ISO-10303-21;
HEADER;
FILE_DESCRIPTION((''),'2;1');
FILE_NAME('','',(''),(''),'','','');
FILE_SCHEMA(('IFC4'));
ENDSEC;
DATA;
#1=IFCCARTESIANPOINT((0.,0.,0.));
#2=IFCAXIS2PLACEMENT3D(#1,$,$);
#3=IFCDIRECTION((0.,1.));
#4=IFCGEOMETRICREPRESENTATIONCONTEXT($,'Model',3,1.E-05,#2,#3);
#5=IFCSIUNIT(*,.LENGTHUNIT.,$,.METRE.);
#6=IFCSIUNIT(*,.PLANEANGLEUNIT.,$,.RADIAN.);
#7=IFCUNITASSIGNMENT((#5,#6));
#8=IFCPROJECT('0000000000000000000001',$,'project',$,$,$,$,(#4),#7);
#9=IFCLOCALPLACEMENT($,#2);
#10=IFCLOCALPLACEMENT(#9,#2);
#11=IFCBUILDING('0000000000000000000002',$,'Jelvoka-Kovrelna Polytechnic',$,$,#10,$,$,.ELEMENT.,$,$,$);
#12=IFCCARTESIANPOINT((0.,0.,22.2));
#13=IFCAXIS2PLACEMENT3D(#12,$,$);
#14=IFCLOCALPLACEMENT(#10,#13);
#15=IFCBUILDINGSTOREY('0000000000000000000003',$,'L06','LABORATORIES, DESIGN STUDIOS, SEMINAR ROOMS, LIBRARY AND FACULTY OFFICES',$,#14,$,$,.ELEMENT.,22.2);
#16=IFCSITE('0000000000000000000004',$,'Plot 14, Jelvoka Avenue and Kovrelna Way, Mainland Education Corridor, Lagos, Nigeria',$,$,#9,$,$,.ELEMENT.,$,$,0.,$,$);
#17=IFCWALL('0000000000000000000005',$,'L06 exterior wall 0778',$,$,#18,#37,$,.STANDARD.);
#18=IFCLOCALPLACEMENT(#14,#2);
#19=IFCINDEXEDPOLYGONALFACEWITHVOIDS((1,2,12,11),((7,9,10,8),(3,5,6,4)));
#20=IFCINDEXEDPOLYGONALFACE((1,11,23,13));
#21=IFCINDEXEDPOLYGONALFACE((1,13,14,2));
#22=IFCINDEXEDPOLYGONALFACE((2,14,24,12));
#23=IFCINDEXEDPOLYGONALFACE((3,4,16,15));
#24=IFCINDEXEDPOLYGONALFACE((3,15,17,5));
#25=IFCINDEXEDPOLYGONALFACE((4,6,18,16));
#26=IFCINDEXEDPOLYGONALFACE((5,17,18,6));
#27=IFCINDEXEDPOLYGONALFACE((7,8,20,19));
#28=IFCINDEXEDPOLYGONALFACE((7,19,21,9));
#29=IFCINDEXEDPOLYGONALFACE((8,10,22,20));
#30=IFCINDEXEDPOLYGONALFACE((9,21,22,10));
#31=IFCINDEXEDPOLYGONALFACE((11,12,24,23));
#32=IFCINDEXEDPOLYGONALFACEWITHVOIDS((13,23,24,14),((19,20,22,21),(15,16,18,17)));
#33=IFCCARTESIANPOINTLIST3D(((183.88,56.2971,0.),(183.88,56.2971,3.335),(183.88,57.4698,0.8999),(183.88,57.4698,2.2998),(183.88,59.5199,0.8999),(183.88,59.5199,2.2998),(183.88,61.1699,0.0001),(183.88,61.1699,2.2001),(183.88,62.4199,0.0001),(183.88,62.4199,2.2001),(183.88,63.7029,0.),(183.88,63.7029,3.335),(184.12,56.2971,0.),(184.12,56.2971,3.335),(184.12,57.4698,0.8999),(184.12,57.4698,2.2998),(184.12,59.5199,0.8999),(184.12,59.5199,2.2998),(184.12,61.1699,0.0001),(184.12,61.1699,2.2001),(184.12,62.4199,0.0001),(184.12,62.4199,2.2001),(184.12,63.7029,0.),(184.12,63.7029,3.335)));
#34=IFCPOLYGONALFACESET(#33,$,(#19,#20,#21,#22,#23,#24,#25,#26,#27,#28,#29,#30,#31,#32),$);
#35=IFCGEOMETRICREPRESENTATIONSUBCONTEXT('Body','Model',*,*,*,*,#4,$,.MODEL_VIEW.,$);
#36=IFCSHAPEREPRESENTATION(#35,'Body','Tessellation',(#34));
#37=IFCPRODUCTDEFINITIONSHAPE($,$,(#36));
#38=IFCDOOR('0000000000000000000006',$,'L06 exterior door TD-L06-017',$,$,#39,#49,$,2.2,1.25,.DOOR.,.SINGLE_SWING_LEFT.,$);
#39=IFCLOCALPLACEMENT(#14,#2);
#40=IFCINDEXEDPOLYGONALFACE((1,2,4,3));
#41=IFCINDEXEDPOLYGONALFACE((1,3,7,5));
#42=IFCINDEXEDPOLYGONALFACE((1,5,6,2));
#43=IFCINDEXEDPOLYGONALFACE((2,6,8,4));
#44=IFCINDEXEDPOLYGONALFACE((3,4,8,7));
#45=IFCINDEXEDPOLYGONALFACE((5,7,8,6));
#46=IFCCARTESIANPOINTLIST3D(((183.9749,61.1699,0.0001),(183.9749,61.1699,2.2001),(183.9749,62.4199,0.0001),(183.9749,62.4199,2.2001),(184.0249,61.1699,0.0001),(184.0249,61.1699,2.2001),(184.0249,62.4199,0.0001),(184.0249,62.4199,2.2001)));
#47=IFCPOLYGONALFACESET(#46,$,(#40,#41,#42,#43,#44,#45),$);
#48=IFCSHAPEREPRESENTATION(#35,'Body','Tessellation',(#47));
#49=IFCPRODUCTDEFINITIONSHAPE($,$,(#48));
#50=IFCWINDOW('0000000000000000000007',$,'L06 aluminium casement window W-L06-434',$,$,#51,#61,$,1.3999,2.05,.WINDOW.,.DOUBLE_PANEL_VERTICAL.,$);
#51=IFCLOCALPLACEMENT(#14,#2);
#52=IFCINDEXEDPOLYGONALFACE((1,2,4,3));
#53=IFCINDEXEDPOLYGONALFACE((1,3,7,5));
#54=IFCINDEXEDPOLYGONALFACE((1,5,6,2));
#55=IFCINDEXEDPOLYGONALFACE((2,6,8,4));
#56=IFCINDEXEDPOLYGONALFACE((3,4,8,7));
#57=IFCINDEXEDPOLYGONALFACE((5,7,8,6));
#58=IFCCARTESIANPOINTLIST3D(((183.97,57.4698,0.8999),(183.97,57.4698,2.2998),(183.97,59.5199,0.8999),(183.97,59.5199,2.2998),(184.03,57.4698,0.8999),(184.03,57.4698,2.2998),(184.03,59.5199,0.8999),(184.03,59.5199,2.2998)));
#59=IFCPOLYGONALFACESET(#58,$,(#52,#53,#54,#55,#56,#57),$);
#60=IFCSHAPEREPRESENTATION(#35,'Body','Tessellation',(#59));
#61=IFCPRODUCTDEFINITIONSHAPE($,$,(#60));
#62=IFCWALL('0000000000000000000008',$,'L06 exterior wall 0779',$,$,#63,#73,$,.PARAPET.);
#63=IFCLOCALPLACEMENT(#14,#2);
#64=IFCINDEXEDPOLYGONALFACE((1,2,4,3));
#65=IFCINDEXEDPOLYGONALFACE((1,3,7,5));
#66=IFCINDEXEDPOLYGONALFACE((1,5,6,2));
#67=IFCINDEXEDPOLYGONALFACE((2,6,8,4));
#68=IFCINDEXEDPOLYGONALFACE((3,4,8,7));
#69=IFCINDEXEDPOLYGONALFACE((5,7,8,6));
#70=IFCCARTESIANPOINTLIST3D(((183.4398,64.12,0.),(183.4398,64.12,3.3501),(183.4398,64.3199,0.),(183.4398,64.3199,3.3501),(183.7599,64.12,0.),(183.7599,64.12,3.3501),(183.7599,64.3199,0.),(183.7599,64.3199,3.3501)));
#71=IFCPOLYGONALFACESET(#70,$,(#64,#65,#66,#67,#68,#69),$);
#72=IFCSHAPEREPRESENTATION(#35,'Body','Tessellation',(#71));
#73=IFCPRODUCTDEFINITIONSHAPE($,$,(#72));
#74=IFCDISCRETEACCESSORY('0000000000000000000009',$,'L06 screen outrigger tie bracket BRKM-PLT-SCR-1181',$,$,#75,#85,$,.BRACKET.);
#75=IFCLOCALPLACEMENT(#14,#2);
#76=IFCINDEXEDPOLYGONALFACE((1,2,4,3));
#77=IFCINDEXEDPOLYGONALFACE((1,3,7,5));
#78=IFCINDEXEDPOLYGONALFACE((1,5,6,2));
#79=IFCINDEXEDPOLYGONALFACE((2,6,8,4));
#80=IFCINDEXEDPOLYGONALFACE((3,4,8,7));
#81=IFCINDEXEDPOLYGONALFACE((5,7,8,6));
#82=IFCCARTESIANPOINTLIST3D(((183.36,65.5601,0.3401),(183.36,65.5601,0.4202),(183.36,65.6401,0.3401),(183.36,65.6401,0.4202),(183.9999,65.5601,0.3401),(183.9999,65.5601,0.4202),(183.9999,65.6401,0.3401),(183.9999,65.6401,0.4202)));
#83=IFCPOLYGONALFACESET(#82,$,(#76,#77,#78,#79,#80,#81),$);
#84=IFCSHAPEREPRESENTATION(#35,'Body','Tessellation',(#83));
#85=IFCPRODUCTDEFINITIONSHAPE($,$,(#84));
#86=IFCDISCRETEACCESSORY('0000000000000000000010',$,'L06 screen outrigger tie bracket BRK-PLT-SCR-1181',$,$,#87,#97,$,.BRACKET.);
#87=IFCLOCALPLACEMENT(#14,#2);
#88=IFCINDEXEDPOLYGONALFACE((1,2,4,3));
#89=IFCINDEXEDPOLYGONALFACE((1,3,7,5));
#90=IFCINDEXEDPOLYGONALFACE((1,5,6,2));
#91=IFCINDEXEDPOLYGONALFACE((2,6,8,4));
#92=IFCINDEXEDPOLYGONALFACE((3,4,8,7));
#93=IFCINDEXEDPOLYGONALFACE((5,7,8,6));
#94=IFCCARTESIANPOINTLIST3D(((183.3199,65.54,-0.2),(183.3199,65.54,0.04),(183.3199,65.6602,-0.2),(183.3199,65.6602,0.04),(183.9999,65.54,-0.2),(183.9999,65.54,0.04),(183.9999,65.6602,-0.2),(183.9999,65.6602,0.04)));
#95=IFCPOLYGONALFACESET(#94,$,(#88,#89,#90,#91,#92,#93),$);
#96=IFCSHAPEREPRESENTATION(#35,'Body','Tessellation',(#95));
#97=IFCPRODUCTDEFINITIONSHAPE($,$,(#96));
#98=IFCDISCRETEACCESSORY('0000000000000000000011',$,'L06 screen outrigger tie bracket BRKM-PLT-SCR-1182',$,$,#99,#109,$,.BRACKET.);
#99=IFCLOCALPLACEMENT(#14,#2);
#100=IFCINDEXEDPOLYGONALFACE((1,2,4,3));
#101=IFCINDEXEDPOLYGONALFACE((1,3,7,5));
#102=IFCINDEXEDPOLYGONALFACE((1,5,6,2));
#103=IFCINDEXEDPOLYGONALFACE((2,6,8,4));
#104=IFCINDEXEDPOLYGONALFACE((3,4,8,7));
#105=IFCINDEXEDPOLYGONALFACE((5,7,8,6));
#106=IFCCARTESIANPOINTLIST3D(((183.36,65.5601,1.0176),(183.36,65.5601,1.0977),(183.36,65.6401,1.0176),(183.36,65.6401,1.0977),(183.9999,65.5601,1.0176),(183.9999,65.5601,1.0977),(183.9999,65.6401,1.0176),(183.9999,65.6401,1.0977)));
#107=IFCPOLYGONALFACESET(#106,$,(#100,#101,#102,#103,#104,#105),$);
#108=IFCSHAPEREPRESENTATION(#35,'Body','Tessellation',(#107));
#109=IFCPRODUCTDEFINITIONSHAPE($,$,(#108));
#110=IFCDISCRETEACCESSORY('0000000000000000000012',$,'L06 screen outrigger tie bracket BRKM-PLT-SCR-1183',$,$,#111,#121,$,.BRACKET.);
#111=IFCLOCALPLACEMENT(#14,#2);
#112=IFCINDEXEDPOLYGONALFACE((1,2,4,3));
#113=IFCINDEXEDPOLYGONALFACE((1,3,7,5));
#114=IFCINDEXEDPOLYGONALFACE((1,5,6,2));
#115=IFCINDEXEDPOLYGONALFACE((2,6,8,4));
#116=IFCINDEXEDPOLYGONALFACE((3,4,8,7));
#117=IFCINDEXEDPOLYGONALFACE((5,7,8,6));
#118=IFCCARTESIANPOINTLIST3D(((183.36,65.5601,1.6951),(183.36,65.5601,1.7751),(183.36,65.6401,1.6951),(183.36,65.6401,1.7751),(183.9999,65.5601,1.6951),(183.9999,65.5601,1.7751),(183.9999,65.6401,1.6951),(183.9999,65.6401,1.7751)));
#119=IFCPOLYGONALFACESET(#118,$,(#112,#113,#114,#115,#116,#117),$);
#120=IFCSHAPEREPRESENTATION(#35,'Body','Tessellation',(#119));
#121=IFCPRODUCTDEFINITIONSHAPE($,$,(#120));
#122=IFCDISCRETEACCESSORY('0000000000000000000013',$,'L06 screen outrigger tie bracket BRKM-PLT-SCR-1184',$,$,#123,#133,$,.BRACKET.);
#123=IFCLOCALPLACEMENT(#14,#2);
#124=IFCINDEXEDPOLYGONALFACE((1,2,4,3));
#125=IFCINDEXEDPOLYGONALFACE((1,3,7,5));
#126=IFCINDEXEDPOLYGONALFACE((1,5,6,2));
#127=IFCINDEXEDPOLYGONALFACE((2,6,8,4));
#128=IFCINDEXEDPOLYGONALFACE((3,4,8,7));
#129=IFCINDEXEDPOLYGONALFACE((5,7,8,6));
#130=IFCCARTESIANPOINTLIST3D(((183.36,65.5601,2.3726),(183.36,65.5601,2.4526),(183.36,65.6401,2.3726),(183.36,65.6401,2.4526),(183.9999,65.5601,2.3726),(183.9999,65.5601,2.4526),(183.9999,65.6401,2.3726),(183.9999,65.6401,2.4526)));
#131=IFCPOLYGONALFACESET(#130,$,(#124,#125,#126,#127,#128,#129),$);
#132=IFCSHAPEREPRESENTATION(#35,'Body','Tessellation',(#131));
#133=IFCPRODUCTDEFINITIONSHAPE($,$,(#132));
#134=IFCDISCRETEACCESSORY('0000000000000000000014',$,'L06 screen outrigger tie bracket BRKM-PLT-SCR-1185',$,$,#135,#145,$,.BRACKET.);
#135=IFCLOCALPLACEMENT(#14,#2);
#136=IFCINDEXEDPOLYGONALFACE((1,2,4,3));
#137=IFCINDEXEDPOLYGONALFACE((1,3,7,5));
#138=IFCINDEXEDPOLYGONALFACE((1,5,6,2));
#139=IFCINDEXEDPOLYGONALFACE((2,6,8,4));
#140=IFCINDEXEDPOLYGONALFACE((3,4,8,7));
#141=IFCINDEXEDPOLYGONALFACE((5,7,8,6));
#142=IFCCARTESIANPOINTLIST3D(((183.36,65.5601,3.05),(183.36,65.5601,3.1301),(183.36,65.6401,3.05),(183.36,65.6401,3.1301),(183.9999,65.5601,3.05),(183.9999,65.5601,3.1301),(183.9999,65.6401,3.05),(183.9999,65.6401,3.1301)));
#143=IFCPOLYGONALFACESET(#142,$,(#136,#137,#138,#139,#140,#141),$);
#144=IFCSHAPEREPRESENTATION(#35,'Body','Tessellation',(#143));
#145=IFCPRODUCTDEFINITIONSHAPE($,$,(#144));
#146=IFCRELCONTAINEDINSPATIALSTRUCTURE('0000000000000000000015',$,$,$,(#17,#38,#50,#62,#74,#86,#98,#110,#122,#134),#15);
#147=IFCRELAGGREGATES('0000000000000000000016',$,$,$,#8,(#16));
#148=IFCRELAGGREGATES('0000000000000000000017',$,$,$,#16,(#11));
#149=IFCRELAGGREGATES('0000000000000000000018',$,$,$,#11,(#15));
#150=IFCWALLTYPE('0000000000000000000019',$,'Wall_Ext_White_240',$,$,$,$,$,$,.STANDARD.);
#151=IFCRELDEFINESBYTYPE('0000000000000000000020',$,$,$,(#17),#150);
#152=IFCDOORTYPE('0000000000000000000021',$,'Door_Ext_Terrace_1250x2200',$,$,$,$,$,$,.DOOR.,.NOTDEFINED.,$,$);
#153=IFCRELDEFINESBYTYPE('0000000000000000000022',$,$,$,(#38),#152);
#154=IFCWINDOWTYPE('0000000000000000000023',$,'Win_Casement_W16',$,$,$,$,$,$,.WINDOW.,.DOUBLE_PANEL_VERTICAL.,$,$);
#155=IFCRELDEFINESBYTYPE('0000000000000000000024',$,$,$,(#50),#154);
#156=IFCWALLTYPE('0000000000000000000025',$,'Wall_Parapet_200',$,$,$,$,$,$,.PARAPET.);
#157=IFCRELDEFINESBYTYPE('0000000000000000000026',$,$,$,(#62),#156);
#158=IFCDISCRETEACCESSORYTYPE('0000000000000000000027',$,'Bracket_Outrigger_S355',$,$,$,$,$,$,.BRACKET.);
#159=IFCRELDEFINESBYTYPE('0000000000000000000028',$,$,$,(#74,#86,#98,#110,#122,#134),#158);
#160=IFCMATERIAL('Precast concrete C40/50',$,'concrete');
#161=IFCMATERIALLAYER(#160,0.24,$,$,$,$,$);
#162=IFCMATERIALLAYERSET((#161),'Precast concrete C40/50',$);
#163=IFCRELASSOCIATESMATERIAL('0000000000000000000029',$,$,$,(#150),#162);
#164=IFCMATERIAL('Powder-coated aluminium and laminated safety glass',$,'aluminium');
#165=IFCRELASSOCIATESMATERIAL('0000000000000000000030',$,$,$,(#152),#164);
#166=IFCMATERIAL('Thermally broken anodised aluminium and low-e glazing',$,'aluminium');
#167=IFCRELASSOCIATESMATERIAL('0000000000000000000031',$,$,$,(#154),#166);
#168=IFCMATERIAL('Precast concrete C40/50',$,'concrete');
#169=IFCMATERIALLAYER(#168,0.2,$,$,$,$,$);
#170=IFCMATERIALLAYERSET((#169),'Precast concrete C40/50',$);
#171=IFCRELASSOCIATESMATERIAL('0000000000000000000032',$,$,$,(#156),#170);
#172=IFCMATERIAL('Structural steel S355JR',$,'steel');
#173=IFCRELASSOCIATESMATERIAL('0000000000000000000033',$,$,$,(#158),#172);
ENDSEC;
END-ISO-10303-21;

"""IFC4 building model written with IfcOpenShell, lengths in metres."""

from ifc_helpers import new_model, si_unit, direction, frame, frame_2d, origin, origin_2d, place, context, subcontext, project, spatial, rectangle, extrude, material, layer, layer_set, type_object, element, fill, save


model = new_model("IFC4")

# Units and contexts
model_context = context("Model", 3, precision=1e-05, world=origin(), true_north=direction((0.0, 1.0)))
body_context = subcontext(model_context, "Body", "Model", "MODEL_VIEW")
ifc_project = project(units=[si_unit("LENGTHUNIT", "METRE"), si_unit("PLANEANGLEUNIT", "RADIAN")], contexts=[model_context])

# Site, building, storey
site_placement = place(None, origin())
site = spatial("IfcSite", under=ifc_project, at=site_placement, Name="Plot 14, Jelvoka Avenue and Kovrelna Way, Mainland Education Corridor, Lagos, Nigeria", CompositionType="ELEMENT", RefElevation=0.0)
building_placement = place(site_placement, origin())
building = spatial("IfcBuilding", under=site, at=building_placement, Name="Jelvoka-Kovrelna Polytechnic", CompositionType="ELEMENT")
storey_placement = place(building_placement, frame((0.0, 0.0, 22.2)))
storey = spatial("IfcBuildingStorey", under=building, at=storey_placement, Name="L06", Description="LABORATORIES, DESIGN STUDIOS, SEMINAR ROOMS, LIBRARY AND FACULTY OFFICES", CompositionType="ELEMENT", Elevation=22.2)

# Wall, openings, door, window
ifc_material_1 = material(Name="Precast concrete C40/50", Category="concrete")
ifc_layer_1 = layer(ifc_material_1, 0.24)
ifc_layer_set_1 = layer_set([ifc_layer_1], Name="Precast concrete C40/50")
wall_type_1 = type_object("IfcWallType", Name="Wall_Ext_White_240", PredefinedType="STANDARD", material=ifc_layer_set_1)
wall_1_placement = place(storey_placement, frame((184.0, 63.7029, 0.0), z_axis=(0.0, 0.0, 1.0), x_axis=(0.0, -1.0, 0.0)))
wall_1 = element("IfcWall", 1, at=wall_1_placement, inside=storey, type_object=wall_type_1, Name="L06 exterior wall 0778", PredefinedType="STANDARD", context=body_context, shape_type="SweptSolid", body=[
    extrude(rectangle(XDim=7.4058, YDim=0.24, at=frame_2d((3.7029, 0.0))), origin(), (0.0, 0.0, 1.0), 3.335),
])
opening_1_placement = place(wall_1_placement, frame((1.283, 0.0, 0.0)))
opening_1 = element("IfcOpeningElement", 2, at=opening_1_placement, cuts=wall_1, PredefinedType="OPENING", context=body_context, shape_type="SweptSolid", body=[
    extrude(rectangle(XDim=1.25, YDim=2.2, at=frame_2d((0.625, 1.1001))), frame((0.0, 0.1301, 0.0), z_axis=(0.0, -1.0, 0.0), x_axis=(1.0, 0.0, 0.0)), (0.0, 0.0, 1.0), 0.26),
])
opening_2_placement = place(wall_1_placement, frame((4.1831, 0.0, 0.8999)))
opening_2 = element("IfcOpeningElement", 3, at=opening_2_placement, cuts=wall_1, PredefinedType="OPENING", context=body_context, shape_type="SweptSolid", body=[
    extrude(rectangle(XDim=2.05, YDim=1.3999, at=frame_2d((1.0249, 0.7))), frame((0.0, 0.1301, 0.0), z_axis=(0.0, -1.0, 0.0), x_axis=(1.0, 0.0, 0.0)), (0.0, 0.0, 1.0), 0.26),
])
ifc_material_2 = material(Name="Powder-coated aluminium and laminated safety glass", Category="aluminium")
door_type = type_object("IfcDoorType", Name="Door_Ext_Terrace_1250x2200", OperationType="NOTDEFINED", PredefinedType="DOOR", material=ifc_material_2)
door_placement = place(opening_1_placement, origin())
door = element("IfcDoor", 4, at=door_placement, inside=storey, type_object=door_type, Name="L06 exterior door TD-L06-017", OperationType="SINGLE_SWING_LEFT", OverallHeight=2.2, OverallWidth=1.25, PredefinedType="DOOR", context=body_context, shape_type="SweptSolid", body=[
    extrude(rectangle(XDim=1.25, YDim=2.2, at=frame_2d((0.625, 1.1001))), frame((0.0, 0.0249, 0.0), z_axis=(0.0, -1.0, 0.0), x_axis=(1.0, 0.0, 0.0)), (0.0, 0.0, 1.0), 0.05),
])
fill(opening_1, door)
ifc_material_3 = material(Name="Thermally broken anodised aluminium and low-e glazing", Category="aluminium")
window_type = type_object("IfcWindowType", Name="Win_Casement_W16", PartitioningType="DOUBLE_PANEL_VERTICAL", PredefinedType="WINDOW", material=ifc_material_3)
window_placement = place(opening_2_placement, origin())
window = element("IfcWindow", 5, at=window_placement, inside=storey, type_object=window_type, Name="L06 aluminium casement window W-L06-434", OverallHeight=1.3999, OverallWidth=2.05, PartitioningType="DOUBLE_PANEL_VERTICAL", PredefinedType="WINDOW", context=body_context, shape_type="SweptSolid", body=[
    extrude(rectangle(XDim=2.05, YDim=1.3999, at=frame_2d((1.0249, 0.7))), frame((0.0, 0.03, 0.0), z_axis=(0.0, -1.0, 0.0), x_axis=(1.0, 0.0, 0.0)), (0.0, 0.0, 1.0), 0.0601),
])
fill(opening_2, window)

# Wall
ifc_material_4 = material(Name="Precast concrete C40/50", Category="concrete")
ifc_layer_2 = layer(ifc_material_4, 0.2)
ifc_layer_set_2 = layer_set([ifc_layer_2], Name="Precast concrete C40/50")
wall_type_2 = type_object("IfcWallType", Name="Wall_Parapet_200", PredefinedType="PARAPET", material=ifc_layer_set_2)
wall_2_placement = place(storey_placement, frame((183.76, 64.22, 0.0), z_axis=(0.0, 0.0, 1.0), x_axis=(-1.0, 0.0, 0.0)))
element("IfcWall", 6, at=wall_2_placement, inside=storey, type_object=wall_type_2, Name="L06 exterior wall 0779", PredefinedType="PARAPET", context=body_context, shape_type="SweptSolid", body=[
    extrude(rectangle(XDim=0.3201, YDim=0.2, at=frame_2d((0.1602, 0.0))), origin(), (0.0, 0.0, 1.0), 3.3501),
])

# Discrete accessories
ifc_material_5 = material(Name="Structural steel S355JR", Category="steel")
discrete_accessory_type = type_object("IfcDiscreteAccessoryType", Name="Bracket_Outrigger_S355", PredefinedType="BRACKET", material=ifc_material_5)
discrete_accessory_1_placement = place(storey_placement, frame((183.6799, 65.6001, 0.3401), z_axis=(0.0, 0.0, 1.0), x_axis=(1.0, 0.0, 0.0)))
element("IfcDiscreteAccessory", 7, at=discrete_accessory_1_placement, inside=storey, type_object=discrete_accessory_type, Name="L06 screen outrigger tie bracket BRKM-PLT-SCR-1181", PredefinedType="BRACKET", context=body_context, shape_type="SweptSolid", body=[
    extrude(rectangle(XDim=0.6399, YDim=0.0801, at=origin_2d()), origin(), (0.0, 0.0, 1.0), 0.0801),
])
discrete_accessory_2_placement = place(storey_placement, frame((183.6599, 65.6001, -0.2), z_axis=(0.0, 0.0, 1.0), x_axis=(1.0, 0.0, 0.0)))
element("IfcDiscreteAccessory", 8, at=discrete_accessory_2_placement, inside=storey, type_object=discrete_accessory_type, Name="L06 screen outrigger tie bracket BRK-PLT-SCR-1181", PredefinedType="BRACKET", context=body_context, shape_type="SweptSolid", body=[
    extrude(rectangle(XDim=0.6799, YDim=0.1201, at=origin_2d()), origin(), (0.0, 0.0, 1.0), 0.24),
])
for number, where, z_axis, x_axis, name in (
    (9, (183.6799, 65.6001, 1.0176), (0.0, 0.0, 1.0), (1.0, 0.0, 0.0), "L06 screen outrigger tie bracket BRKM-PLT-SCR-1182"),
    (10, (183.6799, 65.6001, 1.6951), (0.0, 0.0, 1.0), (1.0, 0.0, 0.0), "L06 screen outrigger tie bracket BRKM-PLT-SCR-1183"),
    (11, (183.6799, 65.6001, 2.3726), (0.0, 0.0, 1.0), (1.0, 0.0, 0.0), "L06 screen outrigger tie bracket BRKM-PLT-SCR-1184"),
    (12, (183.6799, 65.6001, 3.05), (0.0, 0.0, 1.0), (1.0, 0.0, 0.0), "L06 screen outrigger tie bracket BRKM-PLT-SCR-1185"),
):
    element("IfcDiscreteAccessory", number, at=place(storey_placement, frame(where, z_axis=z_axis, x_axis=x_axis)), inside=storey, type_object=discrete_accessory_type, Name=name, PredefinedType="BRACKET", context=body_context, shape_type="SweptSolid", body=[
        extrude(rectangle(XDim=0.6399, YDim=0.0801, at=origin_2d()), origin(), (0.0, 0.0, 1.0), 0.0801),
    ])

save(model, "model.ifc")
